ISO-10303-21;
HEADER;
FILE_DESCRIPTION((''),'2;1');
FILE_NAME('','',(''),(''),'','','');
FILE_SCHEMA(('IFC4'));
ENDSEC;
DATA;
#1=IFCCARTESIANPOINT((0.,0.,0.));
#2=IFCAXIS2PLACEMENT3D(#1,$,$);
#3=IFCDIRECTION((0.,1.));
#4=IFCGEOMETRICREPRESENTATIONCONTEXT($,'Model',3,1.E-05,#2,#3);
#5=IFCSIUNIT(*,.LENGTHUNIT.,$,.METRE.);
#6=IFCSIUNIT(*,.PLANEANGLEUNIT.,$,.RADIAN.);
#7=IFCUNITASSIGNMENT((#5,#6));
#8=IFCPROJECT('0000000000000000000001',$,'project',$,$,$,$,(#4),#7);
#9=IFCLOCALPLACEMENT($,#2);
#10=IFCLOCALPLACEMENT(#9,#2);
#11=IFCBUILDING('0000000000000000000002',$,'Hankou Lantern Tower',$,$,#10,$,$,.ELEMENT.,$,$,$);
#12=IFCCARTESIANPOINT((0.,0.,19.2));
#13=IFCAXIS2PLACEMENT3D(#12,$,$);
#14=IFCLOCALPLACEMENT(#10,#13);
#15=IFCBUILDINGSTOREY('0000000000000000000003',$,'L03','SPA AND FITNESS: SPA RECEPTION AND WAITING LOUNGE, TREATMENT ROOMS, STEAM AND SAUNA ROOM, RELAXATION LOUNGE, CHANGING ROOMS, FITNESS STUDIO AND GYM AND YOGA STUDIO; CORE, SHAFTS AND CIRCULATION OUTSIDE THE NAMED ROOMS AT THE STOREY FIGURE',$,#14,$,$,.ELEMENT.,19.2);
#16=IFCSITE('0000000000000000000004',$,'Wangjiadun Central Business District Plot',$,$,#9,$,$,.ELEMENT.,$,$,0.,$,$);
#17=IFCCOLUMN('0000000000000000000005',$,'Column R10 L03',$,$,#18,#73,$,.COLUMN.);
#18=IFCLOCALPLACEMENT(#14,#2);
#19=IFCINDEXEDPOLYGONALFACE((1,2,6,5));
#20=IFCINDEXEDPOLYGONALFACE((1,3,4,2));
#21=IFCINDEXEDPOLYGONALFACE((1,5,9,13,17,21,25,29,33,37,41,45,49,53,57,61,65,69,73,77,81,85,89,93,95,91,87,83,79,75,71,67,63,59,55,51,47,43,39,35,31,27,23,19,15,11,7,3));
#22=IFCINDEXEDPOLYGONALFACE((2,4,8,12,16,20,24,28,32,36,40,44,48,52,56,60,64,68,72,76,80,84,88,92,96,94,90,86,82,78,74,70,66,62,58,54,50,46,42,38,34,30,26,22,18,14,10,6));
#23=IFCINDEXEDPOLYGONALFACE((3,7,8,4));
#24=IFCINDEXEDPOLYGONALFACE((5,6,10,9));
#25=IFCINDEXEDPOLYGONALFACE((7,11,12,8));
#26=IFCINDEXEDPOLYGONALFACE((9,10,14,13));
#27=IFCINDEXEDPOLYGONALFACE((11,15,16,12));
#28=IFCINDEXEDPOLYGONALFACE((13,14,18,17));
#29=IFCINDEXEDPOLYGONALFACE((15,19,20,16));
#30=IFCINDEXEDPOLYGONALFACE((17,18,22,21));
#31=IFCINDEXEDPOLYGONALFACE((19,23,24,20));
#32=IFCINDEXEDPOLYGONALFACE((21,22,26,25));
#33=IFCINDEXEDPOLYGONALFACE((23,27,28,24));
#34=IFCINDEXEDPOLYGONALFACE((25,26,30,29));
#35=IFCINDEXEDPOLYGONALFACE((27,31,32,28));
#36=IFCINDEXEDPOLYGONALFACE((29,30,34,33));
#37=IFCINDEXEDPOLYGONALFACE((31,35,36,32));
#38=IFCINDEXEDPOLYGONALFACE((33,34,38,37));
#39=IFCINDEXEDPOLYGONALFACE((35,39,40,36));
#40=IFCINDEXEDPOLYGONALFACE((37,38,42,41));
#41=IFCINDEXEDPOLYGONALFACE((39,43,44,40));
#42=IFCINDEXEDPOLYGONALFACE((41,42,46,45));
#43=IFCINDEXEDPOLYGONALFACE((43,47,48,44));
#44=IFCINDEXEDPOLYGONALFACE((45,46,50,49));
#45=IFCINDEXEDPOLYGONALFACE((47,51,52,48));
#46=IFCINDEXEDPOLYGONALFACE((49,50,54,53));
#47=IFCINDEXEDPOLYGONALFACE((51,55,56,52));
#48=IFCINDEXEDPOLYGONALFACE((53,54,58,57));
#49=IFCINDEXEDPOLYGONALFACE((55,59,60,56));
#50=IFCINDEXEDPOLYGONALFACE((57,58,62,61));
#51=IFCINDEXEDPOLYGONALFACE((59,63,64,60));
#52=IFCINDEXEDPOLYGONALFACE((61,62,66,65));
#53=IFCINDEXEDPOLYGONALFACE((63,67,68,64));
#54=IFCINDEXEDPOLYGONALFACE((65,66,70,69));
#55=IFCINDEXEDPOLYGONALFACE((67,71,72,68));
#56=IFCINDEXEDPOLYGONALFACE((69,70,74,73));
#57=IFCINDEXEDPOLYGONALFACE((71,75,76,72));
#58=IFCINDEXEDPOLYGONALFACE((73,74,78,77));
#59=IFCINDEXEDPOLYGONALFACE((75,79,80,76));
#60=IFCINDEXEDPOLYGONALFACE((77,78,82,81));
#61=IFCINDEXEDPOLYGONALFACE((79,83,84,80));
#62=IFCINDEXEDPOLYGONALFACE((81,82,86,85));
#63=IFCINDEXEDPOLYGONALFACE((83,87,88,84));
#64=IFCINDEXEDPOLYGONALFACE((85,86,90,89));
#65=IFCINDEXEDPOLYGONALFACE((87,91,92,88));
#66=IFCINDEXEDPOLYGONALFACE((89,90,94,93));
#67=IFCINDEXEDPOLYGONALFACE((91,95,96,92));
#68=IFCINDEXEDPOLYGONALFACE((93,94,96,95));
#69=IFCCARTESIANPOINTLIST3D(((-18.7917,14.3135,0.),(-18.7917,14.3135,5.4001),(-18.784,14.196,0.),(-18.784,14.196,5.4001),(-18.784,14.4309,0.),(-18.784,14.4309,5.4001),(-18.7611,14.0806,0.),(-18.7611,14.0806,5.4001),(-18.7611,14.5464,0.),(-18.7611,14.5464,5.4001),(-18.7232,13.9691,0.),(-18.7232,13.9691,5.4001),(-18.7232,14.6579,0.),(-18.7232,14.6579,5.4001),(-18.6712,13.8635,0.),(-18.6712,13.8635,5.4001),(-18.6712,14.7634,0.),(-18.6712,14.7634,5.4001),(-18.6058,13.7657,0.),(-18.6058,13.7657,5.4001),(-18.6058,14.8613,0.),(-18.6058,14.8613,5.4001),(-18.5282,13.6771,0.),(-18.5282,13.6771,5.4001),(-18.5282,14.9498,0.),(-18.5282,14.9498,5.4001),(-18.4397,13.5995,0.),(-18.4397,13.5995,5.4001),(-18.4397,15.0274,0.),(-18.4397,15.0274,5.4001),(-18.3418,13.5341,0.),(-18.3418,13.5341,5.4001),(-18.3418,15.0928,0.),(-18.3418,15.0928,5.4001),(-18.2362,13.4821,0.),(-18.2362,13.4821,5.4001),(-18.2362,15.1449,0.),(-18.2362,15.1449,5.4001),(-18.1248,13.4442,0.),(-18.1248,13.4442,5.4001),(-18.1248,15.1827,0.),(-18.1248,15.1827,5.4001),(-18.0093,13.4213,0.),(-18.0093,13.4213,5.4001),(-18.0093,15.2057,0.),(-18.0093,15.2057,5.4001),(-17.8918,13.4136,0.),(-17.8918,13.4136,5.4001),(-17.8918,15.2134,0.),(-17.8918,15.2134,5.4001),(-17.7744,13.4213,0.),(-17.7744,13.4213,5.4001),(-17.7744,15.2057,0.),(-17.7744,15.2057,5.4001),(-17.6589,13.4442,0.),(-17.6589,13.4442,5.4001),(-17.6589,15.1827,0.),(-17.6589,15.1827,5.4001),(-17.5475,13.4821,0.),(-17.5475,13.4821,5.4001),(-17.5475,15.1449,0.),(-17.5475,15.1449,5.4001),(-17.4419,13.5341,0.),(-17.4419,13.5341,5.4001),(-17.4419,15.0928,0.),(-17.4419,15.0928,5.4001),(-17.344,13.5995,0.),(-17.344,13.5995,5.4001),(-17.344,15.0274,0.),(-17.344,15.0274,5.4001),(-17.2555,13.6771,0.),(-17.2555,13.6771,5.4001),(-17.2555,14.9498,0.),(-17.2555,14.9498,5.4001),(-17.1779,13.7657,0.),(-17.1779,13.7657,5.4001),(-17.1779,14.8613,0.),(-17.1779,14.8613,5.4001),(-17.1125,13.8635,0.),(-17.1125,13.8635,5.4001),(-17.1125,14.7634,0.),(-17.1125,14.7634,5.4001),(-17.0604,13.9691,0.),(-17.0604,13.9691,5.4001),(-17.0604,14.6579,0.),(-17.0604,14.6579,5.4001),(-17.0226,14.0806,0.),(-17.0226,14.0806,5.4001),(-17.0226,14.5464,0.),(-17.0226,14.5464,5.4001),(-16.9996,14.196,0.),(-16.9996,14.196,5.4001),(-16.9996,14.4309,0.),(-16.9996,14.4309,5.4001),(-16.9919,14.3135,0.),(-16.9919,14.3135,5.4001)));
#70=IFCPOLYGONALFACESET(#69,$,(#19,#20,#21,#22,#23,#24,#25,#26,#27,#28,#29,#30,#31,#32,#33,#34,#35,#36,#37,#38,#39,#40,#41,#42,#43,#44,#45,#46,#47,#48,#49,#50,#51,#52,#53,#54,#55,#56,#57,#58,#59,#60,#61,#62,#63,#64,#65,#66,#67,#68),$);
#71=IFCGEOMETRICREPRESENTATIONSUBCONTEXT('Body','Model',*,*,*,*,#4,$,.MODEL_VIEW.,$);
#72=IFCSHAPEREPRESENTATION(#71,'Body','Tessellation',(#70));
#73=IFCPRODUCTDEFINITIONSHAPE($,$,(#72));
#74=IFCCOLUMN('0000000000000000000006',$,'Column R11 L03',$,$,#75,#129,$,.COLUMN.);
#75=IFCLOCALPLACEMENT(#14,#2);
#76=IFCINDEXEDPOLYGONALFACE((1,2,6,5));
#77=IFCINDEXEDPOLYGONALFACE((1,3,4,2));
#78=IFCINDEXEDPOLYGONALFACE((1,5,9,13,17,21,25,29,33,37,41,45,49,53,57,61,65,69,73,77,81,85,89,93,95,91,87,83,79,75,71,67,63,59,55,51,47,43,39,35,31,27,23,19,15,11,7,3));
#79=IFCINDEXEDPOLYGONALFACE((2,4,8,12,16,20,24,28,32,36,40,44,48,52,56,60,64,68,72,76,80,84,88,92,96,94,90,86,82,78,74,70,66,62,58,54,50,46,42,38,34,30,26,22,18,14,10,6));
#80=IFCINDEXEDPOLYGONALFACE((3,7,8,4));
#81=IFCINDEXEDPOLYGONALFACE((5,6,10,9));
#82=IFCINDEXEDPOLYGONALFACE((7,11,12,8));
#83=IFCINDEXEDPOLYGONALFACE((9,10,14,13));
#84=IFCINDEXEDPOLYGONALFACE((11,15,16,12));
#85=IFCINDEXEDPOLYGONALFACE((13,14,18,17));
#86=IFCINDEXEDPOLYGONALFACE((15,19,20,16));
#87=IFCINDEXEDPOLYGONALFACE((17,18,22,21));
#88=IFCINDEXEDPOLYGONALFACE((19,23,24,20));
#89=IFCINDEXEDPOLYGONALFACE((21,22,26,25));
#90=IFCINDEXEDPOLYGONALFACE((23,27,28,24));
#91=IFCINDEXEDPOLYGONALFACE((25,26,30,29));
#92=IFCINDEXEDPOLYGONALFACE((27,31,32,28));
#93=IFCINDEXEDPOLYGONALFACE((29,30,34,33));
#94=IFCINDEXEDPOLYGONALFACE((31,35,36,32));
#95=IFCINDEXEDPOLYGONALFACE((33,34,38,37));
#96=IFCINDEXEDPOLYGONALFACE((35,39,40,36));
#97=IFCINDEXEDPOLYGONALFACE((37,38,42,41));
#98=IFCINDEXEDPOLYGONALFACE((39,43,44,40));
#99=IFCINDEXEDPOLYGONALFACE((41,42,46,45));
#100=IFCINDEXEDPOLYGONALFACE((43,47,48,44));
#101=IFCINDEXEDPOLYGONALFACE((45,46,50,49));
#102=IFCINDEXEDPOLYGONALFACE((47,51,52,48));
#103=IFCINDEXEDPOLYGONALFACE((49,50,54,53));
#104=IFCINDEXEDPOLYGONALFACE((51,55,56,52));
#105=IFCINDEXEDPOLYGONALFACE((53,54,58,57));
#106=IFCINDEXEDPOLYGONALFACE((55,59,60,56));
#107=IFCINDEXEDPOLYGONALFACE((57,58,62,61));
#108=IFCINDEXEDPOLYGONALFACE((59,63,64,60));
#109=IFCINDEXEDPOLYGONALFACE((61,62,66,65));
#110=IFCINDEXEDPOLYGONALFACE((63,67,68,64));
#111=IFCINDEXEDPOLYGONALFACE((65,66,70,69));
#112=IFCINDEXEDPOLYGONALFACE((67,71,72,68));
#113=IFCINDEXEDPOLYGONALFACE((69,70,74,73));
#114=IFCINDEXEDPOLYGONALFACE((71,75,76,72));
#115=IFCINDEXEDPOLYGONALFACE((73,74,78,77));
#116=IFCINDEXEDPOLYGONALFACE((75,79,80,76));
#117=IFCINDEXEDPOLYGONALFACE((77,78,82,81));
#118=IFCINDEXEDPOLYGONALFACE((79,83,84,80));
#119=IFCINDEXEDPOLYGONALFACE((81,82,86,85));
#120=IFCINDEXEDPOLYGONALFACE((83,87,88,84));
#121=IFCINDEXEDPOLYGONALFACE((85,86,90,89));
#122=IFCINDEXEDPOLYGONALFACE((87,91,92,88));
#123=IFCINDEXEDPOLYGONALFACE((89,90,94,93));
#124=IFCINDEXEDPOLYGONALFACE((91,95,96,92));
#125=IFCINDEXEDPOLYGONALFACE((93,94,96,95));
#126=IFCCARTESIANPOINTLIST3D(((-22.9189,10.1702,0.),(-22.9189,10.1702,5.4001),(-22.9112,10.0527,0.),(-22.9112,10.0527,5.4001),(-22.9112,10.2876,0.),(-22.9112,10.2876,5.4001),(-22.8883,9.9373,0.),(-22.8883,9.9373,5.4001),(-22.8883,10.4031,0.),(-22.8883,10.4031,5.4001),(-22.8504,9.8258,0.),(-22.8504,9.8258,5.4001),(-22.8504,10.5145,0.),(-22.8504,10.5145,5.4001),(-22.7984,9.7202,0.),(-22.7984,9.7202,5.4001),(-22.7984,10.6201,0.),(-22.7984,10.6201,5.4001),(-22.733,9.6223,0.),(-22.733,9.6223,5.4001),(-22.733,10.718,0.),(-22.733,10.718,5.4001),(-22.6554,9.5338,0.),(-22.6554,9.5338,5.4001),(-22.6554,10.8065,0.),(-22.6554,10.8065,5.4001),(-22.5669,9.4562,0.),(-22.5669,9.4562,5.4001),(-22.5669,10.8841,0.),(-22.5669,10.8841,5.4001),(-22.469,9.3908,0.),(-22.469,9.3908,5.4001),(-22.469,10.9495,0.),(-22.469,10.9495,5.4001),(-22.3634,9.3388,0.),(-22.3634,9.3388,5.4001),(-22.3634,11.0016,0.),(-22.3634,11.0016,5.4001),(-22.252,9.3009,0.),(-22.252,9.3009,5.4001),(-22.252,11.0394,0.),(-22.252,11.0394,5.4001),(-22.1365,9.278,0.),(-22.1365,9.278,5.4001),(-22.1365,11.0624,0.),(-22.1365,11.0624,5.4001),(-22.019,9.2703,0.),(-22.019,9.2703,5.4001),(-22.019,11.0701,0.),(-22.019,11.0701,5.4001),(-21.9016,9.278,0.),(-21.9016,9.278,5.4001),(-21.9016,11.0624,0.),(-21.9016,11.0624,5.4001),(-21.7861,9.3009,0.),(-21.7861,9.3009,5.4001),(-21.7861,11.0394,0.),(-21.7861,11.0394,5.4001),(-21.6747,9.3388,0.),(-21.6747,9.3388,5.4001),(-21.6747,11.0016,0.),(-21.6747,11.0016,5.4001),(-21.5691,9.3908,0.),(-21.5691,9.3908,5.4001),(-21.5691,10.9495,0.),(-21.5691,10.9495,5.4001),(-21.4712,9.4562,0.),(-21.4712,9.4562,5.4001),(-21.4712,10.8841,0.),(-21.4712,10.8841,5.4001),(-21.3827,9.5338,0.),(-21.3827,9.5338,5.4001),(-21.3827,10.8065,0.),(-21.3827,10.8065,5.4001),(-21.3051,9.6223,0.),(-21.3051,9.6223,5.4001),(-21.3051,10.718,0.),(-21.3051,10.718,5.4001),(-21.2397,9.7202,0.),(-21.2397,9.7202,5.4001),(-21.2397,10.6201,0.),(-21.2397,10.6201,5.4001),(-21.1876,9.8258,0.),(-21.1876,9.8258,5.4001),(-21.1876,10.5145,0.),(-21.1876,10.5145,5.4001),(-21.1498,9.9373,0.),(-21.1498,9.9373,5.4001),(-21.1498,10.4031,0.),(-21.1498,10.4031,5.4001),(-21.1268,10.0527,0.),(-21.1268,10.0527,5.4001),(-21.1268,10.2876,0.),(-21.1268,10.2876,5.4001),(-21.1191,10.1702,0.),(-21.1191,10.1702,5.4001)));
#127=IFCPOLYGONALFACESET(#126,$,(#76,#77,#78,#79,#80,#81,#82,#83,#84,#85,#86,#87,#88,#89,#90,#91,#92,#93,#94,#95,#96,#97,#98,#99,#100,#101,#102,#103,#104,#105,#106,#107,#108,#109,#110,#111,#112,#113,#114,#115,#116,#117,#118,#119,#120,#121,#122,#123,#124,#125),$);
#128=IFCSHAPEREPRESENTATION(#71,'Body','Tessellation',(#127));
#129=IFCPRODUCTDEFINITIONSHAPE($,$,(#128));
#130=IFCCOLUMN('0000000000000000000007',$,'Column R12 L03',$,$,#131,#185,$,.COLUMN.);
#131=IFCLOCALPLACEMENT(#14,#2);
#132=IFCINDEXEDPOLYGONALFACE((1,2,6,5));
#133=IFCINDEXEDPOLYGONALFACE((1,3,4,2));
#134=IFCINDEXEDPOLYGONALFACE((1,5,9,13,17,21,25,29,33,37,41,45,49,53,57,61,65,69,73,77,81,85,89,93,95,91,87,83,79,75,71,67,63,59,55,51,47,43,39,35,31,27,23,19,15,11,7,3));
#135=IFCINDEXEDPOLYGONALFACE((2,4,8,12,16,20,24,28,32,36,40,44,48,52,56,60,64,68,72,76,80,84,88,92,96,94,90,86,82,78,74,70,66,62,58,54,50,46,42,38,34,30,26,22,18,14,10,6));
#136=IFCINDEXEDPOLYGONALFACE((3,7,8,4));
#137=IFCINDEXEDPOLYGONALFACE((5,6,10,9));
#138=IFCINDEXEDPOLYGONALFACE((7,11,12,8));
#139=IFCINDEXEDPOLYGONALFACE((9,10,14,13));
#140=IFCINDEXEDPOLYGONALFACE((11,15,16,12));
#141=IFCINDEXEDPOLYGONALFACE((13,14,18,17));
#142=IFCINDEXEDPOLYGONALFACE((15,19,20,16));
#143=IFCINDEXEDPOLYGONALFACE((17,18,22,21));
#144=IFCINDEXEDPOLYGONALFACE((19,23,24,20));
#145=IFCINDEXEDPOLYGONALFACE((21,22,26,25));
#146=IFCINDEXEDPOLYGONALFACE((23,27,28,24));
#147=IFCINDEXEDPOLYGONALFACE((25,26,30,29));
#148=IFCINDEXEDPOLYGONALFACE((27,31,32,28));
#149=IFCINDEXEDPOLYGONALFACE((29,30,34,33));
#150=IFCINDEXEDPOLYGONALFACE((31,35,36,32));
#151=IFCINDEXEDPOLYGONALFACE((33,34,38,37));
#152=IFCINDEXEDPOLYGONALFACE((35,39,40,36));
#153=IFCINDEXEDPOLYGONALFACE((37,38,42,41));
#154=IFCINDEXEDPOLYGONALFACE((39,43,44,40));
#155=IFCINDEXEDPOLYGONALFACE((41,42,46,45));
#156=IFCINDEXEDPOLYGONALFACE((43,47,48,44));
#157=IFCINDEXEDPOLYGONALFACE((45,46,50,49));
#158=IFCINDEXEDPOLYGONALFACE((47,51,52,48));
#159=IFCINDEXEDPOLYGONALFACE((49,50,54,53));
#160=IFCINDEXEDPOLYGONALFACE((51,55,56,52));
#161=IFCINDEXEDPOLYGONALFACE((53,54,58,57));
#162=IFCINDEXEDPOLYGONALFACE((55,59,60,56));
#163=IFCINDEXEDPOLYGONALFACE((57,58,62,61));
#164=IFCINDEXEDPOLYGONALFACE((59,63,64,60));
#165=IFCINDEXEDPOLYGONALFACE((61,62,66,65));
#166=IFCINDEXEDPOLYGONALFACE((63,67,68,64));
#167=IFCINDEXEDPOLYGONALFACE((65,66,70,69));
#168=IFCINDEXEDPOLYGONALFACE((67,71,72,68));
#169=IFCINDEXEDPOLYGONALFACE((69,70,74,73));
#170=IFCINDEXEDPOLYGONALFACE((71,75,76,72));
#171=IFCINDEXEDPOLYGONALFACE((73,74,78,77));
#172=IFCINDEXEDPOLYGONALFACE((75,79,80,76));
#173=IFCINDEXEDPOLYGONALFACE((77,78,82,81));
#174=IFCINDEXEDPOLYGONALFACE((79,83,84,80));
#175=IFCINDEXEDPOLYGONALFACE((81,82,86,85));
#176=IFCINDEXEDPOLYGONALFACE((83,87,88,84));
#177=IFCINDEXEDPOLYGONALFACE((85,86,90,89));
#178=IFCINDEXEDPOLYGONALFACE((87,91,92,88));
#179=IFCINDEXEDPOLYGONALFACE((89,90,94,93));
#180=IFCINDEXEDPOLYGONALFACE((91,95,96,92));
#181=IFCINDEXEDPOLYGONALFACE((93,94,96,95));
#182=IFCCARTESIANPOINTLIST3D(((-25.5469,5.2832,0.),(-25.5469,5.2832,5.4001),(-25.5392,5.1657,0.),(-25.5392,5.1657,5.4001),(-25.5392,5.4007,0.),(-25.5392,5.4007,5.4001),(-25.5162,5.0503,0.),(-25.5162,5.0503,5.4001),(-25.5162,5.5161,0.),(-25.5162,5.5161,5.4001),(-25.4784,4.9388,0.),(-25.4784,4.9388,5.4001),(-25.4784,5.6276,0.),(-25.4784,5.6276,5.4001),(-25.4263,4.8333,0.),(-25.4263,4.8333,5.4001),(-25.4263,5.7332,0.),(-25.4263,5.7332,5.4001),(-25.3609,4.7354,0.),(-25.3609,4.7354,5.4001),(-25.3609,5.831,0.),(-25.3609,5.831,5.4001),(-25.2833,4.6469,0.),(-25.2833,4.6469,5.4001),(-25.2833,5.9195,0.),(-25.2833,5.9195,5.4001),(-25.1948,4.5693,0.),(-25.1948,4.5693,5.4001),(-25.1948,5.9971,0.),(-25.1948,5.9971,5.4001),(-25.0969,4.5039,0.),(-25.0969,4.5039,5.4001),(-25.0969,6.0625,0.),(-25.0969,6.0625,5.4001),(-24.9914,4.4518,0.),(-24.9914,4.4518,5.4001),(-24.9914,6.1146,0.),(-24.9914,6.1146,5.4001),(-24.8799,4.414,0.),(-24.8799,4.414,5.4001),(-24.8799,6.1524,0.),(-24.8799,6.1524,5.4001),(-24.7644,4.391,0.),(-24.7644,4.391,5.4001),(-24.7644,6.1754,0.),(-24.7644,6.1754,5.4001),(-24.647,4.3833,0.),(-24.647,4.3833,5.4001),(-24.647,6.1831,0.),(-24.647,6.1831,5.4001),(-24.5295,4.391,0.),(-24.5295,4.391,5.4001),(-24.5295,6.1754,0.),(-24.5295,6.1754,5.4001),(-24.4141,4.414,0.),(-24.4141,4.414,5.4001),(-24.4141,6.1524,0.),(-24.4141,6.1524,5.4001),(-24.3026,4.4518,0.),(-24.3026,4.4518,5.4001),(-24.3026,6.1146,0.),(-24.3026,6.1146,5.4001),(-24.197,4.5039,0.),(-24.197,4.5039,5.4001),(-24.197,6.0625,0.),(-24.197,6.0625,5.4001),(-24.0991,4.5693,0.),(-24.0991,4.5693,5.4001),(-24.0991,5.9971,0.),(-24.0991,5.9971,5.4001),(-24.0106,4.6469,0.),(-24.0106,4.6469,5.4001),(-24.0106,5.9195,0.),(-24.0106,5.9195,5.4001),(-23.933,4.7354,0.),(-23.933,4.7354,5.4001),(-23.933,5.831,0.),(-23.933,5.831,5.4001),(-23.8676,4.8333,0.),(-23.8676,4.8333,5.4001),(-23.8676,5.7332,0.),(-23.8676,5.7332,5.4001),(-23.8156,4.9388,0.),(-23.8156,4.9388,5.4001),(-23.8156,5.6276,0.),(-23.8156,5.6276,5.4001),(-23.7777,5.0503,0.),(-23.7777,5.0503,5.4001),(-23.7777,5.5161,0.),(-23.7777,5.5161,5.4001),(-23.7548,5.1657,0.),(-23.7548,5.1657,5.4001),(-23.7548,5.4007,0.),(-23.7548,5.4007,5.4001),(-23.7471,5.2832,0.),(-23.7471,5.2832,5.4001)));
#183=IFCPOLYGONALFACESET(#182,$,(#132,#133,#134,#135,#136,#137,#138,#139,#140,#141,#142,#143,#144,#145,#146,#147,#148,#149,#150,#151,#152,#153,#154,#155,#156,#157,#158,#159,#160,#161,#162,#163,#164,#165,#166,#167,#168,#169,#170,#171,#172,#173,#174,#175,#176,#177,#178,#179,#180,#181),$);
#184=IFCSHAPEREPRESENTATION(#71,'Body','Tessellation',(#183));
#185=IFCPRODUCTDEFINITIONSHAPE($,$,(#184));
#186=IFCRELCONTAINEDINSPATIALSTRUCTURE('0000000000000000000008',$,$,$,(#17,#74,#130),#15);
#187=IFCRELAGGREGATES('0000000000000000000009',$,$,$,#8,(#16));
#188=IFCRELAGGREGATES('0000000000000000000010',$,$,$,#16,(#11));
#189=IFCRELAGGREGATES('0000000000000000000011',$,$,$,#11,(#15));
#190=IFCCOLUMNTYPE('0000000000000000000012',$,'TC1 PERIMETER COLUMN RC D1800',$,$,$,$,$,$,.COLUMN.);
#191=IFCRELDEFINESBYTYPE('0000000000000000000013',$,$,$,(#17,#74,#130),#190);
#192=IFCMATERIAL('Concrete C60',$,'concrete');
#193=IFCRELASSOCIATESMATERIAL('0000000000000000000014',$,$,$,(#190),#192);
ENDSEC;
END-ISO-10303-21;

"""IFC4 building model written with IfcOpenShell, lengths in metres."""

from ifc_helpers import new_model, si_unit, direction, frame, origin, origin_2d, place, context, subcontext, project, spatial, circle, extrude, material, material_profile, profile_set, type_object, element, save


model = new_model("IFC4")

# Units and contexts
model_context = context("Model", 3, precision=1e-05, world=origin(), true_north=direction((0.0, 1.0)))
body_context = subcontext(model_context, "Body", "Model", "MODEL_VIEW")
ifc_project = project(units=[si_unit("LENGTHUNIT", "METRE"), si_unit("PLANEANGLEUNIT", "RADIAN")], contexts=[model_context])

# Site, building, storey
site_placement = place(None, origin())
site = spatial("IfcSite", under=ifc_project, at=site_placement, Name="Wangjiadun Central Business District Plot", CompositionType="ELEMENT", RefElevation=0.0)
building_placement = place(site_placement, origin())
building = spatial("IfcBuilding", under=site, at=building_placement, Name="Hankou Lantern Tower", CompositionType="ELEMENT")
storey_placement = place(building_placement, frame((0.0, 0.0, 19.2)))
storey = spatial("IfcBuildingStorey", under=building, at=storey_placement, Name="L03", Description="SPA AND FITNESS: SPA RECEPTION AND WAITING LOUNGE, TREATMENT ROOMS, STEAM AND SAUNA ROOM, RELAXATION LOUNGE, CHANGING ROOMS, FITNESS STUDIO AND GYM AND YOGA STUDIO; CORE, SHAFTS AND CIRCULATION OUTSIDE THE NAMED ROOMS AT THE STOREY FIGURE", CompositionType="ELEMENT", Elevation=19.2)

# Columns
ifc_material_1 = material(Name="Concrete C60", Category="concrete")
ifc_material_profile_1 = material_profile(ifc_material_1, circle(Radius=0.8999, at=origin_2d()), Name="RC D1800")
ifc_profile_set_1 = profile_set([ifc_material_profile_1], Name="Concrete C60")
column_type = type_object("IfcColumnType", Name="TC1 PERIMETER COLUMN RC D1800", PredefinedType="COLUMN", material=ifc_profile_set_1)
for number, where, z_axis, x_axis, name in (
    (1, (-17.8918, 14.3135, 0.0), (0.0, 0.0, 1.0), (1.0, 0.0, 0.0), "Column R10 L03"),
    (2, (-22.019, 10.1702, 0.0), (0.0, 0.0, 1.0), (1.0, 0.0, 0.0), "Column R11 L03"),
    (3, (-24.647, 5.2832, 0.0), (0.0, 0.0, 1.0), (1.0, 0.0, 0.0), "Column R12 L03"),
):
    element("IfcColumn", number, at=place(storey_placement, frame(where, z_axis=z_axis, x_axis=x_axis)), inside=storey, type_object=column_type, Name=name, PredefinedType="COLUMN", context=body_context, shape_type="SweptSolid", body=[
        extrude(circle(Radius=0.8999, at=origin_2d()), origin(), (0.0, 0.0, 1.0), 5.4001),
    ])

save(model, "model.ifc")
